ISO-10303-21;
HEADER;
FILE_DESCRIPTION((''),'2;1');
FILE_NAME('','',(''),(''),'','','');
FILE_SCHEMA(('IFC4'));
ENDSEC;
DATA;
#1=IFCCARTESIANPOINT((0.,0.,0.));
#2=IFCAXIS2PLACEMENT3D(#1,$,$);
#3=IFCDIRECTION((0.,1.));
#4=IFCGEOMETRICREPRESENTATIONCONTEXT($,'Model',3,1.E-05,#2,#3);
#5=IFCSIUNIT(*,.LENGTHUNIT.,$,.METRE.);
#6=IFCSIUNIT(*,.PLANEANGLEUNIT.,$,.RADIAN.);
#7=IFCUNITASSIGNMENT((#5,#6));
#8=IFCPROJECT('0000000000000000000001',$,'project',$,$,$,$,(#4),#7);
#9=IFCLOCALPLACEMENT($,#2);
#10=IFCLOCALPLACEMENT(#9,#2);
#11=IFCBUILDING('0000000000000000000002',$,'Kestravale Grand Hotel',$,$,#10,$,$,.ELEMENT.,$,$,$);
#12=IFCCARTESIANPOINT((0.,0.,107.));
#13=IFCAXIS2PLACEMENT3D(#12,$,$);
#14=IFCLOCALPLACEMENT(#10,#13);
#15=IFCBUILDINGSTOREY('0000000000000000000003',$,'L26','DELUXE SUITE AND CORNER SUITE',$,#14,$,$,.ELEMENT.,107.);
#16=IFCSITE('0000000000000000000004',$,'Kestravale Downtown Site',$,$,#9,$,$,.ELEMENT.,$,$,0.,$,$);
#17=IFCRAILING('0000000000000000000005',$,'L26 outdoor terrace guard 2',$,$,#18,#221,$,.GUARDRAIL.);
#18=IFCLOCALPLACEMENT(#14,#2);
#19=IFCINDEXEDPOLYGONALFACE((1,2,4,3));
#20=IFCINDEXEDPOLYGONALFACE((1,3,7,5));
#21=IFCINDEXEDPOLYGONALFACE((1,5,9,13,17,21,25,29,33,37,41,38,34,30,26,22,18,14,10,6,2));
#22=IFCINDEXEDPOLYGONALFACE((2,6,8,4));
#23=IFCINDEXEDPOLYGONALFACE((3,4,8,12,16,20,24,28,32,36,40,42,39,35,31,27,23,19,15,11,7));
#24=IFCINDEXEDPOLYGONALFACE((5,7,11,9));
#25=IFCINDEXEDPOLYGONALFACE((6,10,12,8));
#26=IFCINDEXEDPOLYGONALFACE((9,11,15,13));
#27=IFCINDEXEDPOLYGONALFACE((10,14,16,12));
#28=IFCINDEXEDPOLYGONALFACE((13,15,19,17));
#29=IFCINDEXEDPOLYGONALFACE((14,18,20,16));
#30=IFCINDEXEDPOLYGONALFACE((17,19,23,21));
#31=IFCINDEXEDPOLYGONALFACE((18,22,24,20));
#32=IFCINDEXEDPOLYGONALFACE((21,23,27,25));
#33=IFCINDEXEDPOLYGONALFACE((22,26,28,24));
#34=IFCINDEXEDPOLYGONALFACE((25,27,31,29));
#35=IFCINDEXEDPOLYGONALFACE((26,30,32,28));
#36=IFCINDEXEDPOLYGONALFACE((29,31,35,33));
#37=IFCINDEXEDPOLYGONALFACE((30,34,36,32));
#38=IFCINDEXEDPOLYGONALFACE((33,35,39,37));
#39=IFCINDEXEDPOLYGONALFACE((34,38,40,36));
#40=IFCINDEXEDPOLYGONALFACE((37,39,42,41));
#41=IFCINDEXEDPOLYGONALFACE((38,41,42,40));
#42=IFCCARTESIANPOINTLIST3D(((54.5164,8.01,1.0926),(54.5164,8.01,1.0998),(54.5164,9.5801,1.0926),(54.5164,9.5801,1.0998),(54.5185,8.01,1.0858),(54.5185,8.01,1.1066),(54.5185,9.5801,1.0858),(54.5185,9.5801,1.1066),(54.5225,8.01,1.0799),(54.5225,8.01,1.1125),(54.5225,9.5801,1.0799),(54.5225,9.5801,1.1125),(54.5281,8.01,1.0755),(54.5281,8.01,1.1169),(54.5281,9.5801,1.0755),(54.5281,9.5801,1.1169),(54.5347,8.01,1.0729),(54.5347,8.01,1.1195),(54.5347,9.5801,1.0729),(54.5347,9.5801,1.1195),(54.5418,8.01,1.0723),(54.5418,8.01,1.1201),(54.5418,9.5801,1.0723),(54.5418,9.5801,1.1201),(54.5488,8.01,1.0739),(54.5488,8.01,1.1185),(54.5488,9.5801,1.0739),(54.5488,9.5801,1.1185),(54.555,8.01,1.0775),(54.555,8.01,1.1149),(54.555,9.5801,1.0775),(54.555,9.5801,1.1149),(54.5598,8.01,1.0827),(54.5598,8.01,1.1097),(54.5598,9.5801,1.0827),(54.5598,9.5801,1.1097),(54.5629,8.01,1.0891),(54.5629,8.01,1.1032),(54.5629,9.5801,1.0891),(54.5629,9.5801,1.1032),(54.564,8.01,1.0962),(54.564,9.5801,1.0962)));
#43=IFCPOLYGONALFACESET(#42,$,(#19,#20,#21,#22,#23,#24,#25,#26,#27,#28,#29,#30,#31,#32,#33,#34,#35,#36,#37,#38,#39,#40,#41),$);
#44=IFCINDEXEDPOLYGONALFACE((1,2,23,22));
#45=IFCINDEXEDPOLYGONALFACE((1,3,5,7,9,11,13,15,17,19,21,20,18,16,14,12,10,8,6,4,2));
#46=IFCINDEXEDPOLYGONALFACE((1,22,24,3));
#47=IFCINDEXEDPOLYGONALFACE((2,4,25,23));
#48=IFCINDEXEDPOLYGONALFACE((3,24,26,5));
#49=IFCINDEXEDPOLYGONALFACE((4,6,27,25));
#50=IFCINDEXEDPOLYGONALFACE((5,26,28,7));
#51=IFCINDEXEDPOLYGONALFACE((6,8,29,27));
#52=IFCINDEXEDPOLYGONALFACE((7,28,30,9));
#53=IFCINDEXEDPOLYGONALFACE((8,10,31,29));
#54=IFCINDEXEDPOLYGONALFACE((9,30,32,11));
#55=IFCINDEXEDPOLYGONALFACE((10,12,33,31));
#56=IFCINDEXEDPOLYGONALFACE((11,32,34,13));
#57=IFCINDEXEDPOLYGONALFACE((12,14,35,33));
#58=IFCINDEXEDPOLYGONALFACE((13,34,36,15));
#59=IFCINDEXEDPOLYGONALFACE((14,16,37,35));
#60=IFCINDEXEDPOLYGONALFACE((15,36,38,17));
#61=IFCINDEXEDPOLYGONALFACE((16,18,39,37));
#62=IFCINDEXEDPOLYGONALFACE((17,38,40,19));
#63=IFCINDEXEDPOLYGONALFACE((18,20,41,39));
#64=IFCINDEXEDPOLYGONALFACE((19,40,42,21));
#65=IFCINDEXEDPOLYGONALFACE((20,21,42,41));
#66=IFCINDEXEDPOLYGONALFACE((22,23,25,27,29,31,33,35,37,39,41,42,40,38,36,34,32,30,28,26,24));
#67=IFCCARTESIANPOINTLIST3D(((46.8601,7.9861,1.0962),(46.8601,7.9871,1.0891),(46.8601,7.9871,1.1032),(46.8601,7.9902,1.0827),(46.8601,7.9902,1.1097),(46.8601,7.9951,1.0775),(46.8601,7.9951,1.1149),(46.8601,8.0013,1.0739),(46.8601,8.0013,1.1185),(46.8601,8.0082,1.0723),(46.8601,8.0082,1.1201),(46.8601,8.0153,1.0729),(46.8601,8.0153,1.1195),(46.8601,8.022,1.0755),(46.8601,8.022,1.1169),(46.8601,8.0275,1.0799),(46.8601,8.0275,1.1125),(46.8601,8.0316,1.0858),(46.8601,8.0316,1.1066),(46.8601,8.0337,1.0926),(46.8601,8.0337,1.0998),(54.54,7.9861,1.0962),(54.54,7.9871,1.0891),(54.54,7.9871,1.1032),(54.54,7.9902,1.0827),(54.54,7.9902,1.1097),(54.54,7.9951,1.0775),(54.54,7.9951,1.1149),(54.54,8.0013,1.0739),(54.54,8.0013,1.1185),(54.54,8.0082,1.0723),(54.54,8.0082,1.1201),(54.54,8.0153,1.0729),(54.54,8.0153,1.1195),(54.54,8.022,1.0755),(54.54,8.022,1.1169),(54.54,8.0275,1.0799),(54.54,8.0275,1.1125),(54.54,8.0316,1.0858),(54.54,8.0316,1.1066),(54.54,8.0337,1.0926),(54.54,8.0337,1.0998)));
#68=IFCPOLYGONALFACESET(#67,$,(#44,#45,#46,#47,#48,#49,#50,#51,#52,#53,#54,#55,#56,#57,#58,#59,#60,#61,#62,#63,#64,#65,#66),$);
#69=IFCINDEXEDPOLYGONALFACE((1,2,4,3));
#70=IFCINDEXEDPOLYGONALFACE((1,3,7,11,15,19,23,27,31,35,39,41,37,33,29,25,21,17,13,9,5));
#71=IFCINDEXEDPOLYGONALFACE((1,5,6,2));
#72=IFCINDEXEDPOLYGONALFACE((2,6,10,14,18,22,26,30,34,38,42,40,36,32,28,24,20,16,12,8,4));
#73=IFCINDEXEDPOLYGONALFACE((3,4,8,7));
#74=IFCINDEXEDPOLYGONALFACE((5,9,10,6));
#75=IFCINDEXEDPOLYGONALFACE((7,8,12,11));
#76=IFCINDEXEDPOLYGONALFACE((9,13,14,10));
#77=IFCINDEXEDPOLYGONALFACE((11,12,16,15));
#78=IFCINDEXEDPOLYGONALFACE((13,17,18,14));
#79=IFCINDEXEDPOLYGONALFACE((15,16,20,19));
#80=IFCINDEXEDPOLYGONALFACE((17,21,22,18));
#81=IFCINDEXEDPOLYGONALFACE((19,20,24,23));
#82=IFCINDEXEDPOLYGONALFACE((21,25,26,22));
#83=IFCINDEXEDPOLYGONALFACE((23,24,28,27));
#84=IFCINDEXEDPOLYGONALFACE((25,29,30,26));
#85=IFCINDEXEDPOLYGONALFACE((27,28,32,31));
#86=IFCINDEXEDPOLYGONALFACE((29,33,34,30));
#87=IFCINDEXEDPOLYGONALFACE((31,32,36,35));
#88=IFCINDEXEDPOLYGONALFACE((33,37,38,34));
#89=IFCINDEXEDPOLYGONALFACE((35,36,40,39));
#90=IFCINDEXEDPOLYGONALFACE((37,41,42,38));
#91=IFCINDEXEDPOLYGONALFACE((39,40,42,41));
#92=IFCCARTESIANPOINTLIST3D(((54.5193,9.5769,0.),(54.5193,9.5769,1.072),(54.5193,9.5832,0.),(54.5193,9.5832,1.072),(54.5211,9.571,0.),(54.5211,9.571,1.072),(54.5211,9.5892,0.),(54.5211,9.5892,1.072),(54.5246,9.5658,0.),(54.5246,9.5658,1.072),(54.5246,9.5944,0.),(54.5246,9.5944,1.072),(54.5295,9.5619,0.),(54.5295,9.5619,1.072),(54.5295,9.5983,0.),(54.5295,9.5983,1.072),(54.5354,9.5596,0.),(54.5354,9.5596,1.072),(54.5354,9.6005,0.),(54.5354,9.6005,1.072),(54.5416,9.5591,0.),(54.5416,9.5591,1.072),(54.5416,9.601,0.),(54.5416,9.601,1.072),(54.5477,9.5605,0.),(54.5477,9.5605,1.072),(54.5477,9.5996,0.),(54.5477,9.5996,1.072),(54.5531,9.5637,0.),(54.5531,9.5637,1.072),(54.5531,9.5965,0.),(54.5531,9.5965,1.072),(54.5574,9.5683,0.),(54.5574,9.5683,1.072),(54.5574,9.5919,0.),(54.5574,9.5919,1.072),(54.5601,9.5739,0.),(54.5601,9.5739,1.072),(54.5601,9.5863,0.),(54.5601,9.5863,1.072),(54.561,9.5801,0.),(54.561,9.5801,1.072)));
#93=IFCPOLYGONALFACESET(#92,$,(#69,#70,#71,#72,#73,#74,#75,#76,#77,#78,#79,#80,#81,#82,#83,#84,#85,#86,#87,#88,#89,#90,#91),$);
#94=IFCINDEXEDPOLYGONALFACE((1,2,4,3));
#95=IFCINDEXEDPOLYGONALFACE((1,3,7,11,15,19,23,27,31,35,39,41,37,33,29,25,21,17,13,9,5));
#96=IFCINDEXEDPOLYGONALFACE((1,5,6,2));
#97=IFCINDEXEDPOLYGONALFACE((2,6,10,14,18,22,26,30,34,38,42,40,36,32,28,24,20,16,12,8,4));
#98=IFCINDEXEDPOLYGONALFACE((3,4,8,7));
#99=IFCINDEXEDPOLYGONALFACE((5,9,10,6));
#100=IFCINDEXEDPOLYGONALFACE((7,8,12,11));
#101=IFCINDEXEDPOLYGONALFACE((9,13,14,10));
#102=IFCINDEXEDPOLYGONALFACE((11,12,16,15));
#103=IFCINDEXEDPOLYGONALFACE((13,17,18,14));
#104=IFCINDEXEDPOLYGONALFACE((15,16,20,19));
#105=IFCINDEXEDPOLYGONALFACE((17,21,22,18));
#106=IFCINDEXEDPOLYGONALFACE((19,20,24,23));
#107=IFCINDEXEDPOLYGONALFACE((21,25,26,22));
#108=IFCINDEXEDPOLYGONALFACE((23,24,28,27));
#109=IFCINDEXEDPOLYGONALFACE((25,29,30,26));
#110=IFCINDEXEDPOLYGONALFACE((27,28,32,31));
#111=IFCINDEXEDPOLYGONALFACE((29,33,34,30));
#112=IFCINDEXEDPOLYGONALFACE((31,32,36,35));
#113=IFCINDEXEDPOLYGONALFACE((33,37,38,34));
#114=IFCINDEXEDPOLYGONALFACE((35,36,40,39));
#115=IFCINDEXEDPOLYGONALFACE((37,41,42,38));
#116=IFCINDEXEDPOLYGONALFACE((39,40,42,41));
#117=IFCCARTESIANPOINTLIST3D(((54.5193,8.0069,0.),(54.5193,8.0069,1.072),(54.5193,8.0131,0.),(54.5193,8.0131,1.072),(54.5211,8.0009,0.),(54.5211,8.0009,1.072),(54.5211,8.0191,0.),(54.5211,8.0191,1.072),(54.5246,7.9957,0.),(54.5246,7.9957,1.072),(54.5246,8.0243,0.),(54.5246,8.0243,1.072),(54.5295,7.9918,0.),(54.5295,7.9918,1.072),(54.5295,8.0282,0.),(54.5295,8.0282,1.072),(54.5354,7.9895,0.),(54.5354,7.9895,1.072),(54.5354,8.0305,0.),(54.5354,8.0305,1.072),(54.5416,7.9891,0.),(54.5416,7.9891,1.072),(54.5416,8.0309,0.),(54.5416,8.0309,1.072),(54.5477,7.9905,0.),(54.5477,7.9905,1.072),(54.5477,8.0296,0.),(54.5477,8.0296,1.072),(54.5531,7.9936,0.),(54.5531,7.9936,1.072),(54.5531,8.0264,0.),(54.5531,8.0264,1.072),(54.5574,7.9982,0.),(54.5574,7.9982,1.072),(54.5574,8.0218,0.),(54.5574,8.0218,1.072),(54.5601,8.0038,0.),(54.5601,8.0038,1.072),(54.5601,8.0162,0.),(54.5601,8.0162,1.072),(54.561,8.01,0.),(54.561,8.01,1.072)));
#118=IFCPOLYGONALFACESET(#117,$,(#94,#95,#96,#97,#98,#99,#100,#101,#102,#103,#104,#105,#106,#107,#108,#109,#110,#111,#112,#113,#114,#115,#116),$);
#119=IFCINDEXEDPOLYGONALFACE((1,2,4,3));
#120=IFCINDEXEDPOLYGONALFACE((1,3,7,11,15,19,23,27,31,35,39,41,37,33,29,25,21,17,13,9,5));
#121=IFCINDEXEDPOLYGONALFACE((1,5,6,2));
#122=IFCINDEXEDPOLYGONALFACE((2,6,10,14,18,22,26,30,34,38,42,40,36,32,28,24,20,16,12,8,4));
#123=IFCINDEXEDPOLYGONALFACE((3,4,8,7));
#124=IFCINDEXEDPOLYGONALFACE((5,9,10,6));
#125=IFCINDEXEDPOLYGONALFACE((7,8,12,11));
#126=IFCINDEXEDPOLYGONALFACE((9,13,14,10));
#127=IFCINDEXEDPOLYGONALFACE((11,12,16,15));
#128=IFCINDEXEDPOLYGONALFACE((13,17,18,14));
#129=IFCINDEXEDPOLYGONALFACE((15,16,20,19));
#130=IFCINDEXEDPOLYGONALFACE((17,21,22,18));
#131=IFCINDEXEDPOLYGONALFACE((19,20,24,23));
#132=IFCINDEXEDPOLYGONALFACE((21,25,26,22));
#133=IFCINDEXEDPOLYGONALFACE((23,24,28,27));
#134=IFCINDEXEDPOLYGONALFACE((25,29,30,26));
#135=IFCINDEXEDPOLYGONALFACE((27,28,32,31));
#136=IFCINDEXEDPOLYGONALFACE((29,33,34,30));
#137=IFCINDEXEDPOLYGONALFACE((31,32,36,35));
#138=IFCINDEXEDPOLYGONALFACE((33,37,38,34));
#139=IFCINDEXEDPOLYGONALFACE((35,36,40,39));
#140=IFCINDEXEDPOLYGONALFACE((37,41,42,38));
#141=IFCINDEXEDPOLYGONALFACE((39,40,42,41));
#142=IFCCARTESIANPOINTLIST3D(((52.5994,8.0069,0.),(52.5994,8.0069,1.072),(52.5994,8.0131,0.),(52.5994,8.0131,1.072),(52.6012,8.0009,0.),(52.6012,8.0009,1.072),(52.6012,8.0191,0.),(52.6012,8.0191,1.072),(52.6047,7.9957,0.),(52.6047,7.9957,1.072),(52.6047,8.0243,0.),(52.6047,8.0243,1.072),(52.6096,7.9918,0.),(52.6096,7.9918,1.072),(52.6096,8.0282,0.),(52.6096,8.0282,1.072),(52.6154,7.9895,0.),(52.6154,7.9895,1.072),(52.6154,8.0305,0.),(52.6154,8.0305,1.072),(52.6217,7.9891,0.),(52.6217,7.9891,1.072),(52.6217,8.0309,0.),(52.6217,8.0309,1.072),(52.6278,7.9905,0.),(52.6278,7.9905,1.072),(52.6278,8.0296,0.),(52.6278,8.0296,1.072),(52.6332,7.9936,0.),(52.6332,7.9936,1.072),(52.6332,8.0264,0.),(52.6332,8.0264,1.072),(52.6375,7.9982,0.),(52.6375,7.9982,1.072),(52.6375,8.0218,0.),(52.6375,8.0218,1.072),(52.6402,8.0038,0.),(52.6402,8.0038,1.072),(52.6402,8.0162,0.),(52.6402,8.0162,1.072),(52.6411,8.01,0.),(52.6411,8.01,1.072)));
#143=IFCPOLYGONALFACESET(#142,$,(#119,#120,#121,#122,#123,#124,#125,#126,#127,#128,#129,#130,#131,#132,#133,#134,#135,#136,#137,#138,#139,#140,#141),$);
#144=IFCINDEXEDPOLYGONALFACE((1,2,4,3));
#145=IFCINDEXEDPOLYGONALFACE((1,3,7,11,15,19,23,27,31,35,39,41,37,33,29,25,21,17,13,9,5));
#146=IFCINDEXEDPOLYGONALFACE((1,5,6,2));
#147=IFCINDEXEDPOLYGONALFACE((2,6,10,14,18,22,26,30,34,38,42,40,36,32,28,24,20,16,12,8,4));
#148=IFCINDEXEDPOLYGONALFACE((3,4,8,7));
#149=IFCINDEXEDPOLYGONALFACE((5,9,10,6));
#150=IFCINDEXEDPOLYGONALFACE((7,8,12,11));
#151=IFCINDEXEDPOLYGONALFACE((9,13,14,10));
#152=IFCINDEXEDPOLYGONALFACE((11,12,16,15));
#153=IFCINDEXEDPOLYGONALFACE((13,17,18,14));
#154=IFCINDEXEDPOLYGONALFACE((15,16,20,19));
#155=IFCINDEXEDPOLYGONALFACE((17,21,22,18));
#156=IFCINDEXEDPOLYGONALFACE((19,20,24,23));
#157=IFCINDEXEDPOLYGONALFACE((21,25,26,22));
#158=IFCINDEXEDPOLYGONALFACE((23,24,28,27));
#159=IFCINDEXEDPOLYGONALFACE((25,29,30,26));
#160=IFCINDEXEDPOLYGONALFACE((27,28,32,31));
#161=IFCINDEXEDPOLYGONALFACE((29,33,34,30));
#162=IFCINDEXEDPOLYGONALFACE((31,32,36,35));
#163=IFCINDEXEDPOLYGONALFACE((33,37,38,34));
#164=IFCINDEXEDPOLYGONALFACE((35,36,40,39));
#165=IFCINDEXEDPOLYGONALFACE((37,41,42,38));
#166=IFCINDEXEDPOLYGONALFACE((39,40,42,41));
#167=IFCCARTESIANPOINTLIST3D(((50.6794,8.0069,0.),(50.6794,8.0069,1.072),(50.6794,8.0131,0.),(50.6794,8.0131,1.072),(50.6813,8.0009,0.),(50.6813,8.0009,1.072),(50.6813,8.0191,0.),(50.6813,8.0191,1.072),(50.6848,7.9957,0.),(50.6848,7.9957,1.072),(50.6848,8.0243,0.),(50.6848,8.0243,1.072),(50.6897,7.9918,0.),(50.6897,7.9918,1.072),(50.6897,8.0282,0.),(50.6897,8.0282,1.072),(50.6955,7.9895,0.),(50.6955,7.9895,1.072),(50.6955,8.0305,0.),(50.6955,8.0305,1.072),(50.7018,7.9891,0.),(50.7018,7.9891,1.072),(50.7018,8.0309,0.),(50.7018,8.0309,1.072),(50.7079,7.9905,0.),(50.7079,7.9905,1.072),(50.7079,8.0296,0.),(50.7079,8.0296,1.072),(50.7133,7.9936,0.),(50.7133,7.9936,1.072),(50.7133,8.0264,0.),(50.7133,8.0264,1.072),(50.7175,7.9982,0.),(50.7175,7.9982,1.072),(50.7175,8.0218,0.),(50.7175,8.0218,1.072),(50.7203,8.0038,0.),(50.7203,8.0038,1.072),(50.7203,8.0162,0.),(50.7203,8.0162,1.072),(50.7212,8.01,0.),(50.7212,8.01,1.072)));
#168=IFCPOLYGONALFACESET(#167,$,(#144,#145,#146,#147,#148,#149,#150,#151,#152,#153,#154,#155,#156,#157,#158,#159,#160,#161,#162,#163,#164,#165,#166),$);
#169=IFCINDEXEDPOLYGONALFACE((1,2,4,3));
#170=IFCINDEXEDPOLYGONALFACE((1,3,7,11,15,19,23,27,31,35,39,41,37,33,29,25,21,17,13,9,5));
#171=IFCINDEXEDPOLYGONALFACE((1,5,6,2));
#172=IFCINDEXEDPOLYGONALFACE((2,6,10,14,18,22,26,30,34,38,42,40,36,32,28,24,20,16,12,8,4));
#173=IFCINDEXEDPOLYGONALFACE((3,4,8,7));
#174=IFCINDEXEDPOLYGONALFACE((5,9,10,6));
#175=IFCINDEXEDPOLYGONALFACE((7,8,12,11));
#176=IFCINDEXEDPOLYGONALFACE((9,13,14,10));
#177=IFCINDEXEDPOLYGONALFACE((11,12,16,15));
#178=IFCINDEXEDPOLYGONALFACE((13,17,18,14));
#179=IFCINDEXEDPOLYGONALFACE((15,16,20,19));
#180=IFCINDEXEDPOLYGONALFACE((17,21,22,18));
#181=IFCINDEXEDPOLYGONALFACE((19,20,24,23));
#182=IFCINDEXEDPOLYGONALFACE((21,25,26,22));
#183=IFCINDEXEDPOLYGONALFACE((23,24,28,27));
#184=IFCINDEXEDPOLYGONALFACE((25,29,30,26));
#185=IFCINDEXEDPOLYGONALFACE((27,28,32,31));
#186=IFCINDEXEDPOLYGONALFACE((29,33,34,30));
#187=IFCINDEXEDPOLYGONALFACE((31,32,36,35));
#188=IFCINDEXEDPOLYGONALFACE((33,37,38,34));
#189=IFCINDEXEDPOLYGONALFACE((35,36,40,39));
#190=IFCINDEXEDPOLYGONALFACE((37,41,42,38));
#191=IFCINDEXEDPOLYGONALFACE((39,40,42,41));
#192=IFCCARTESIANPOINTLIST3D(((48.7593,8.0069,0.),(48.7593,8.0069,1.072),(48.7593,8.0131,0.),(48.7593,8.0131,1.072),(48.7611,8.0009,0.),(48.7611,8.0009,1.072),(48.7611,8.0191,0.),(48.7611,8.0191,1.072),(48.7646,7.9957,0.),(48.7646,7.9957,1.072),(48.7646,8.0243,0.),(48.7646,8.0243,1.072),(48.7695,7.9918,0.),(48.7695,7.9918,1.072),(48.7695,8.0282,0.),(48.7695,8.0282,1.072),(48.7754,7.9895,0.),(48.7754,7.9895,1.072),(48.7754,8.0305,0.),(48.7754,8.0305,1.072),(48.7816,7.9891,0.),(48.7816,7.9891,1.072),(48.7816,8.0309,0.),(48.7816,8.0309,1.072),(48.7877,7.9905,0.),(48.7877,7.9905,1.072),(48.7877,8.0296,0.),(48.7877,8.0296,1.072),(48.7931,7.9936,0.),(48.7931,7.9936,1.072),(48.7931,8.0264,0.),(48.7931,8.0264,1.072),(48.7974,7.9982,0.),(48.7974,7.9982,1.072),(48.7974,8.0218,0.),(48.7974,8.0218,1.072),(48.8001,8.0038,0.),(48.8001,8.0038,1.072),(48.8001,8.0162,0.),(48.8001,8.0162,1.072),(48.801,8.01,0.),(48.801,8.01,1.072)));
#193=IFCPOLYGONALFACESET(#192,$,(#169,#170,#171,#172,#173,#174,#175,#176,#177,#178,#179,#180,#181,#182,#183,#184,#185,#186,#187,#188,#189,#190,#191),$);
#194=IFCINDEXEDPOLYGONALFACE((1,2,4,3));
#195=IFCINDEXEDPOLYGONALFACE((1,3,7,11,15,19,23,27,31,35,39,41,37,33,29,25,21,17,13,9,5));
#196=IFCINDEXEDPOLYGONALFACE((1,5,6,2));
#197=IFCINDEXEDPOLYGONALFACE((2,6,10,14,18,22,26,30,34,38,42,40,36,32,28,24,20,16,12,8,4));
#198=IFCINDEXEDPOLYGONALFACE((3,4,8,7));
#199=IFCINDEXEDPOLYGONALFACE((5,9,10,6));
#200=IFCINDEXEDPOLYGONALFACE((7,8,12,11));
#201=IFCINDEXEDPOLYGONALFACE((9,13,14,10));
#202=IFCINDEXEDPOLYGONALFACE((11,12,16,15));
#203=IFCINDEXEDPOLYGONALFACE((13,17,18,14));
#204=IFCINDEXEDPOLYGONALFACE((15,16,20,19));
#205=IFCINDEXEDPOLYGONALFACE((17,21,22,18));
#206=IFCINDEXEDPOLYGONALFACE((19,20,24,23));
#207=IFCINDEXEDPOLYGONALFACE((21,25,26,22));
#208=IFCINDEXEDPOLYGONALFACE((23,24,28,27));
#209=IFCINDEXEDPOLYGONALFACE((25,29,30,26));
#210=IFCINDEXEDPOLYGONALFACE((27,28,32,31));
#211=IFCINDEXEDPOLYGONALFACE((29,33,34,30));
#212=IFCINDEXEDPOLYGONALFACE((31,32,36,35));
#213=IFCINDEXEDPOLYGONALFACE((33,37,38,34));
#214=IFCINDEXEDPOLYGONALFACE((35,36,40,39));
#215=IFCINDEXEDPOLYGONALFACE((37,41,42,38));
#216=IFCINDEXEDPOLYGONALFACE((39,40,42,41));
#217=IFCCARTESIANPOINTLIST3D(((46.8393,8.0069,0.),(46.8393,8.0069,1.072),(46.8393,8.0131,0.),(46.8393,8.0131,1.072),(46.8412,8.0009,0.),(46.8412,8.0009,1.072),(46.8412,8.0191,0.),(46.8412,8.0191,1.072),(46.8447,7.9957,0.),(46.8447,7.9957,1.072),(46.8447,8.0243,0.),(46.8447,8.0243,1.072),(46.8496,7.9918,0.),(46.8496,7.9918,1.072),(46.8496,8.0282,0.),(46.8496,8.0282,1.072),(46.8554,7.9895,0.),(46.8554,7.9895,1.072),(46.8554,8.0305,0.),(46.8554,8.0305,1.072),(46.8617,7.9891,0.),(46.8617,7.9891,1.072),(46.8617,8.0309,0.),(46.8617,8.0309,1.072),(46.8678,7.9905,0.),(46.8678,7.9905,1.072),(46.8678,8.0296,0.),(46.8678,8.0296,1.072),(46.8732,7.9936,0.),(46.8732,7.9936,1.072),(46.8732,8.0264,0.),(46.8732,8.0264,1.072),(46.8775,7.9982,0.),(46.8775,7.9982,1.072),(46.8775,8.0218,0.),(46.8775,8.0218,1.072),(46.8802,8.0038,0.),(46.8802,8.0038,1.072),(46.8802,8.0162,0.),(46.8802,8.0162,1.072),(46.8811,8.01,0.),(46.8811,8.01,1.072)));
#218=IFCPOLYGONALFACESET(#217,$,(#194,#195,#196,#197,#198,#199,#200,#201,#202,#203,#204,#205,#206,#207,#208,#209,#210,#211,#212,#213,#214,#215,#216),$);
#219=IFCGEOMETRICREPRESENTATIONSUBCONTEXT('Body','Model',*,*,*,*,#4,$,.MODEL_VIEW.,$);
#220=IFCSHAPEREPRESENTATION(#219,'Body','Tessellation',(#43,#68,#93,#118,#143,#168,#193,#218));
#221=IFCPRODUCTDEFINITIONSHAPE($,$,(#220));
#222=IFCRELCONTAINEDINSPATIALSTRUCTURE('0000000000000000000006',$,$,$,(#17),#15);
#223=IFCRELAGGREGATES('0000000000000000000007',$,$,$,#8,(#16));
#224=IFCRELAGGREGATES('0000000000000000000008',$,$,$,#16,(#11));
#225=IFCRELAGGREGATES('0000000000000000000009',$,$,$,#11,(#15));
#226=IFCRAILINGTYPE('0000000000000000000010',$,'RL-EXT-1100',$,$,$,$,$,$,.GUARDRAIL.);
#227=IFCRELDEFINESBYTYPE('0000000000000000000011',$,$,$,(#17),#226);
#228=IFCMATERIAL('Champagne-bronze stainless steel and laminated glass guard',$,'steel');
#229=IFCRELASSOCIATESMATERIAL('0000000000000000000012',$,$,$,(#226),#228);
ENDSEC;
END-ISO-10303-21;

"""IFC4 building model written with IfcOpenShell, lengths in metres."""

from ifc_helpers import new_model, si_unit, direction, frame, origin, origin_2d, place, context, subcontext, project, spatial, circle, extrude, material, type_object, element, save


model = new_model("IFC4")

# Units and contexts
model_context = context("Model", 3, precision=1e-05, world=origin(), true_north=direction((0.0, 1.0)))
body_context = subcontext(model_context, "Body", "Model", "MODEL_VIEW")
ifc_project = project(units=[si_unit("LENGTHUNIT", "METRE"), si_unit("PLANEANGLEUNIT", "RADIAN")], contexts=[model_context])

# Site, building, storey
site_placement = place(None, origin())
site = spatial("IfcSite", under=ifc_project, at=site_placement, Name="Kestravale Downtown Site", CompositionType="ELEMENT", RefElevation=0.0)
building_placement = place(site_placement, origin())
building = spatial("IfcBuilding", under=site, at=building_placement, Name="Kestravale Grand Hotel", CompositionType="ELEMENT")
storey_placement = place(building_placement, frame((0.0, 0.0, 107.0)))
storey = spatial("IfcBuildingStorey", under=building, at=storey_placement, Name="L26", Description="DELUXE SUITE AND CORNER SUITE", CompositionType="ELEMENT", Elevation=107.0)

# Railing
ifc_material_1 = material(Name="Champagne-bronze stainless steel and laminated glass guard", Category="steel")
railing_type = type_object("IfcRailingType", Name="RL-EXT-1100", PredefinedType="GUARDRAIL", material=ifc_material_1)
railing_1_placement = place(storey_placement, frame((54.54, 9.5801, 0.0)))
element("IfcRailing", 1, at=railing_1_placement, inside=storey, type_object=railing_type, Name="L26 outdoor terrace guard 2", PredefinedType="GUARDRAIL", context=body_context, shape_type="SweptSolid", body=[
    extrude(circle(Radius=0.0239, at=origin_2d()), frame((0.0, 0.0, 1.0962), z_axis=(0.0, -1.0, 0.0), x_axis=(1.0, 0.0, 0.0)), (0.0, 0.0, 1.0), 1.5701),
    extrude(circle(Radius=0.0239, at=origin_2d()), frame((0.0, -1.5701, 1.0962), z_axis=(-1.0, 0.0, 0.0), x_axis=(0.0, -1.0, 0.0)), (0.0, 0.0, 1.0), 7.6799),
    extrude(circle(Radius=0.021, at=origin_2d()), origin(), (0.0, 0.0, 1.0), 1.072),
    extrude(circle(Radius=0.021, at=origin_2d()), frame((0.0, -1.5701, 0.0)), (0.0, 0.0, 1.0), 1.072),
    extrude(circle(Radius=0.021, at=origin_2d()), frame((-1.9199, -1.5701, 0.0)), (0.0, 0.0, 1.0), 1.072),
    extrude(circle(Radius=0.021, at=origin_2d()), frame((-3.8398, -1.5701, 0.0)), (0.0, 0.0, 1.0), 1.072),
    extrude(circle(Radius=0.021, at=origin_2d()), frame((-5.76, -1.5701, 0.0)), (0.0, 0.0, 1.0), 1.072),
    extrude(circle(Radius=0.021, at=origin_2d()), frame((-7.6799, -1.5701, 0.0)), (0.0, 0.0, 1.0), 1.072),
])

save(model, "model.ifc")
